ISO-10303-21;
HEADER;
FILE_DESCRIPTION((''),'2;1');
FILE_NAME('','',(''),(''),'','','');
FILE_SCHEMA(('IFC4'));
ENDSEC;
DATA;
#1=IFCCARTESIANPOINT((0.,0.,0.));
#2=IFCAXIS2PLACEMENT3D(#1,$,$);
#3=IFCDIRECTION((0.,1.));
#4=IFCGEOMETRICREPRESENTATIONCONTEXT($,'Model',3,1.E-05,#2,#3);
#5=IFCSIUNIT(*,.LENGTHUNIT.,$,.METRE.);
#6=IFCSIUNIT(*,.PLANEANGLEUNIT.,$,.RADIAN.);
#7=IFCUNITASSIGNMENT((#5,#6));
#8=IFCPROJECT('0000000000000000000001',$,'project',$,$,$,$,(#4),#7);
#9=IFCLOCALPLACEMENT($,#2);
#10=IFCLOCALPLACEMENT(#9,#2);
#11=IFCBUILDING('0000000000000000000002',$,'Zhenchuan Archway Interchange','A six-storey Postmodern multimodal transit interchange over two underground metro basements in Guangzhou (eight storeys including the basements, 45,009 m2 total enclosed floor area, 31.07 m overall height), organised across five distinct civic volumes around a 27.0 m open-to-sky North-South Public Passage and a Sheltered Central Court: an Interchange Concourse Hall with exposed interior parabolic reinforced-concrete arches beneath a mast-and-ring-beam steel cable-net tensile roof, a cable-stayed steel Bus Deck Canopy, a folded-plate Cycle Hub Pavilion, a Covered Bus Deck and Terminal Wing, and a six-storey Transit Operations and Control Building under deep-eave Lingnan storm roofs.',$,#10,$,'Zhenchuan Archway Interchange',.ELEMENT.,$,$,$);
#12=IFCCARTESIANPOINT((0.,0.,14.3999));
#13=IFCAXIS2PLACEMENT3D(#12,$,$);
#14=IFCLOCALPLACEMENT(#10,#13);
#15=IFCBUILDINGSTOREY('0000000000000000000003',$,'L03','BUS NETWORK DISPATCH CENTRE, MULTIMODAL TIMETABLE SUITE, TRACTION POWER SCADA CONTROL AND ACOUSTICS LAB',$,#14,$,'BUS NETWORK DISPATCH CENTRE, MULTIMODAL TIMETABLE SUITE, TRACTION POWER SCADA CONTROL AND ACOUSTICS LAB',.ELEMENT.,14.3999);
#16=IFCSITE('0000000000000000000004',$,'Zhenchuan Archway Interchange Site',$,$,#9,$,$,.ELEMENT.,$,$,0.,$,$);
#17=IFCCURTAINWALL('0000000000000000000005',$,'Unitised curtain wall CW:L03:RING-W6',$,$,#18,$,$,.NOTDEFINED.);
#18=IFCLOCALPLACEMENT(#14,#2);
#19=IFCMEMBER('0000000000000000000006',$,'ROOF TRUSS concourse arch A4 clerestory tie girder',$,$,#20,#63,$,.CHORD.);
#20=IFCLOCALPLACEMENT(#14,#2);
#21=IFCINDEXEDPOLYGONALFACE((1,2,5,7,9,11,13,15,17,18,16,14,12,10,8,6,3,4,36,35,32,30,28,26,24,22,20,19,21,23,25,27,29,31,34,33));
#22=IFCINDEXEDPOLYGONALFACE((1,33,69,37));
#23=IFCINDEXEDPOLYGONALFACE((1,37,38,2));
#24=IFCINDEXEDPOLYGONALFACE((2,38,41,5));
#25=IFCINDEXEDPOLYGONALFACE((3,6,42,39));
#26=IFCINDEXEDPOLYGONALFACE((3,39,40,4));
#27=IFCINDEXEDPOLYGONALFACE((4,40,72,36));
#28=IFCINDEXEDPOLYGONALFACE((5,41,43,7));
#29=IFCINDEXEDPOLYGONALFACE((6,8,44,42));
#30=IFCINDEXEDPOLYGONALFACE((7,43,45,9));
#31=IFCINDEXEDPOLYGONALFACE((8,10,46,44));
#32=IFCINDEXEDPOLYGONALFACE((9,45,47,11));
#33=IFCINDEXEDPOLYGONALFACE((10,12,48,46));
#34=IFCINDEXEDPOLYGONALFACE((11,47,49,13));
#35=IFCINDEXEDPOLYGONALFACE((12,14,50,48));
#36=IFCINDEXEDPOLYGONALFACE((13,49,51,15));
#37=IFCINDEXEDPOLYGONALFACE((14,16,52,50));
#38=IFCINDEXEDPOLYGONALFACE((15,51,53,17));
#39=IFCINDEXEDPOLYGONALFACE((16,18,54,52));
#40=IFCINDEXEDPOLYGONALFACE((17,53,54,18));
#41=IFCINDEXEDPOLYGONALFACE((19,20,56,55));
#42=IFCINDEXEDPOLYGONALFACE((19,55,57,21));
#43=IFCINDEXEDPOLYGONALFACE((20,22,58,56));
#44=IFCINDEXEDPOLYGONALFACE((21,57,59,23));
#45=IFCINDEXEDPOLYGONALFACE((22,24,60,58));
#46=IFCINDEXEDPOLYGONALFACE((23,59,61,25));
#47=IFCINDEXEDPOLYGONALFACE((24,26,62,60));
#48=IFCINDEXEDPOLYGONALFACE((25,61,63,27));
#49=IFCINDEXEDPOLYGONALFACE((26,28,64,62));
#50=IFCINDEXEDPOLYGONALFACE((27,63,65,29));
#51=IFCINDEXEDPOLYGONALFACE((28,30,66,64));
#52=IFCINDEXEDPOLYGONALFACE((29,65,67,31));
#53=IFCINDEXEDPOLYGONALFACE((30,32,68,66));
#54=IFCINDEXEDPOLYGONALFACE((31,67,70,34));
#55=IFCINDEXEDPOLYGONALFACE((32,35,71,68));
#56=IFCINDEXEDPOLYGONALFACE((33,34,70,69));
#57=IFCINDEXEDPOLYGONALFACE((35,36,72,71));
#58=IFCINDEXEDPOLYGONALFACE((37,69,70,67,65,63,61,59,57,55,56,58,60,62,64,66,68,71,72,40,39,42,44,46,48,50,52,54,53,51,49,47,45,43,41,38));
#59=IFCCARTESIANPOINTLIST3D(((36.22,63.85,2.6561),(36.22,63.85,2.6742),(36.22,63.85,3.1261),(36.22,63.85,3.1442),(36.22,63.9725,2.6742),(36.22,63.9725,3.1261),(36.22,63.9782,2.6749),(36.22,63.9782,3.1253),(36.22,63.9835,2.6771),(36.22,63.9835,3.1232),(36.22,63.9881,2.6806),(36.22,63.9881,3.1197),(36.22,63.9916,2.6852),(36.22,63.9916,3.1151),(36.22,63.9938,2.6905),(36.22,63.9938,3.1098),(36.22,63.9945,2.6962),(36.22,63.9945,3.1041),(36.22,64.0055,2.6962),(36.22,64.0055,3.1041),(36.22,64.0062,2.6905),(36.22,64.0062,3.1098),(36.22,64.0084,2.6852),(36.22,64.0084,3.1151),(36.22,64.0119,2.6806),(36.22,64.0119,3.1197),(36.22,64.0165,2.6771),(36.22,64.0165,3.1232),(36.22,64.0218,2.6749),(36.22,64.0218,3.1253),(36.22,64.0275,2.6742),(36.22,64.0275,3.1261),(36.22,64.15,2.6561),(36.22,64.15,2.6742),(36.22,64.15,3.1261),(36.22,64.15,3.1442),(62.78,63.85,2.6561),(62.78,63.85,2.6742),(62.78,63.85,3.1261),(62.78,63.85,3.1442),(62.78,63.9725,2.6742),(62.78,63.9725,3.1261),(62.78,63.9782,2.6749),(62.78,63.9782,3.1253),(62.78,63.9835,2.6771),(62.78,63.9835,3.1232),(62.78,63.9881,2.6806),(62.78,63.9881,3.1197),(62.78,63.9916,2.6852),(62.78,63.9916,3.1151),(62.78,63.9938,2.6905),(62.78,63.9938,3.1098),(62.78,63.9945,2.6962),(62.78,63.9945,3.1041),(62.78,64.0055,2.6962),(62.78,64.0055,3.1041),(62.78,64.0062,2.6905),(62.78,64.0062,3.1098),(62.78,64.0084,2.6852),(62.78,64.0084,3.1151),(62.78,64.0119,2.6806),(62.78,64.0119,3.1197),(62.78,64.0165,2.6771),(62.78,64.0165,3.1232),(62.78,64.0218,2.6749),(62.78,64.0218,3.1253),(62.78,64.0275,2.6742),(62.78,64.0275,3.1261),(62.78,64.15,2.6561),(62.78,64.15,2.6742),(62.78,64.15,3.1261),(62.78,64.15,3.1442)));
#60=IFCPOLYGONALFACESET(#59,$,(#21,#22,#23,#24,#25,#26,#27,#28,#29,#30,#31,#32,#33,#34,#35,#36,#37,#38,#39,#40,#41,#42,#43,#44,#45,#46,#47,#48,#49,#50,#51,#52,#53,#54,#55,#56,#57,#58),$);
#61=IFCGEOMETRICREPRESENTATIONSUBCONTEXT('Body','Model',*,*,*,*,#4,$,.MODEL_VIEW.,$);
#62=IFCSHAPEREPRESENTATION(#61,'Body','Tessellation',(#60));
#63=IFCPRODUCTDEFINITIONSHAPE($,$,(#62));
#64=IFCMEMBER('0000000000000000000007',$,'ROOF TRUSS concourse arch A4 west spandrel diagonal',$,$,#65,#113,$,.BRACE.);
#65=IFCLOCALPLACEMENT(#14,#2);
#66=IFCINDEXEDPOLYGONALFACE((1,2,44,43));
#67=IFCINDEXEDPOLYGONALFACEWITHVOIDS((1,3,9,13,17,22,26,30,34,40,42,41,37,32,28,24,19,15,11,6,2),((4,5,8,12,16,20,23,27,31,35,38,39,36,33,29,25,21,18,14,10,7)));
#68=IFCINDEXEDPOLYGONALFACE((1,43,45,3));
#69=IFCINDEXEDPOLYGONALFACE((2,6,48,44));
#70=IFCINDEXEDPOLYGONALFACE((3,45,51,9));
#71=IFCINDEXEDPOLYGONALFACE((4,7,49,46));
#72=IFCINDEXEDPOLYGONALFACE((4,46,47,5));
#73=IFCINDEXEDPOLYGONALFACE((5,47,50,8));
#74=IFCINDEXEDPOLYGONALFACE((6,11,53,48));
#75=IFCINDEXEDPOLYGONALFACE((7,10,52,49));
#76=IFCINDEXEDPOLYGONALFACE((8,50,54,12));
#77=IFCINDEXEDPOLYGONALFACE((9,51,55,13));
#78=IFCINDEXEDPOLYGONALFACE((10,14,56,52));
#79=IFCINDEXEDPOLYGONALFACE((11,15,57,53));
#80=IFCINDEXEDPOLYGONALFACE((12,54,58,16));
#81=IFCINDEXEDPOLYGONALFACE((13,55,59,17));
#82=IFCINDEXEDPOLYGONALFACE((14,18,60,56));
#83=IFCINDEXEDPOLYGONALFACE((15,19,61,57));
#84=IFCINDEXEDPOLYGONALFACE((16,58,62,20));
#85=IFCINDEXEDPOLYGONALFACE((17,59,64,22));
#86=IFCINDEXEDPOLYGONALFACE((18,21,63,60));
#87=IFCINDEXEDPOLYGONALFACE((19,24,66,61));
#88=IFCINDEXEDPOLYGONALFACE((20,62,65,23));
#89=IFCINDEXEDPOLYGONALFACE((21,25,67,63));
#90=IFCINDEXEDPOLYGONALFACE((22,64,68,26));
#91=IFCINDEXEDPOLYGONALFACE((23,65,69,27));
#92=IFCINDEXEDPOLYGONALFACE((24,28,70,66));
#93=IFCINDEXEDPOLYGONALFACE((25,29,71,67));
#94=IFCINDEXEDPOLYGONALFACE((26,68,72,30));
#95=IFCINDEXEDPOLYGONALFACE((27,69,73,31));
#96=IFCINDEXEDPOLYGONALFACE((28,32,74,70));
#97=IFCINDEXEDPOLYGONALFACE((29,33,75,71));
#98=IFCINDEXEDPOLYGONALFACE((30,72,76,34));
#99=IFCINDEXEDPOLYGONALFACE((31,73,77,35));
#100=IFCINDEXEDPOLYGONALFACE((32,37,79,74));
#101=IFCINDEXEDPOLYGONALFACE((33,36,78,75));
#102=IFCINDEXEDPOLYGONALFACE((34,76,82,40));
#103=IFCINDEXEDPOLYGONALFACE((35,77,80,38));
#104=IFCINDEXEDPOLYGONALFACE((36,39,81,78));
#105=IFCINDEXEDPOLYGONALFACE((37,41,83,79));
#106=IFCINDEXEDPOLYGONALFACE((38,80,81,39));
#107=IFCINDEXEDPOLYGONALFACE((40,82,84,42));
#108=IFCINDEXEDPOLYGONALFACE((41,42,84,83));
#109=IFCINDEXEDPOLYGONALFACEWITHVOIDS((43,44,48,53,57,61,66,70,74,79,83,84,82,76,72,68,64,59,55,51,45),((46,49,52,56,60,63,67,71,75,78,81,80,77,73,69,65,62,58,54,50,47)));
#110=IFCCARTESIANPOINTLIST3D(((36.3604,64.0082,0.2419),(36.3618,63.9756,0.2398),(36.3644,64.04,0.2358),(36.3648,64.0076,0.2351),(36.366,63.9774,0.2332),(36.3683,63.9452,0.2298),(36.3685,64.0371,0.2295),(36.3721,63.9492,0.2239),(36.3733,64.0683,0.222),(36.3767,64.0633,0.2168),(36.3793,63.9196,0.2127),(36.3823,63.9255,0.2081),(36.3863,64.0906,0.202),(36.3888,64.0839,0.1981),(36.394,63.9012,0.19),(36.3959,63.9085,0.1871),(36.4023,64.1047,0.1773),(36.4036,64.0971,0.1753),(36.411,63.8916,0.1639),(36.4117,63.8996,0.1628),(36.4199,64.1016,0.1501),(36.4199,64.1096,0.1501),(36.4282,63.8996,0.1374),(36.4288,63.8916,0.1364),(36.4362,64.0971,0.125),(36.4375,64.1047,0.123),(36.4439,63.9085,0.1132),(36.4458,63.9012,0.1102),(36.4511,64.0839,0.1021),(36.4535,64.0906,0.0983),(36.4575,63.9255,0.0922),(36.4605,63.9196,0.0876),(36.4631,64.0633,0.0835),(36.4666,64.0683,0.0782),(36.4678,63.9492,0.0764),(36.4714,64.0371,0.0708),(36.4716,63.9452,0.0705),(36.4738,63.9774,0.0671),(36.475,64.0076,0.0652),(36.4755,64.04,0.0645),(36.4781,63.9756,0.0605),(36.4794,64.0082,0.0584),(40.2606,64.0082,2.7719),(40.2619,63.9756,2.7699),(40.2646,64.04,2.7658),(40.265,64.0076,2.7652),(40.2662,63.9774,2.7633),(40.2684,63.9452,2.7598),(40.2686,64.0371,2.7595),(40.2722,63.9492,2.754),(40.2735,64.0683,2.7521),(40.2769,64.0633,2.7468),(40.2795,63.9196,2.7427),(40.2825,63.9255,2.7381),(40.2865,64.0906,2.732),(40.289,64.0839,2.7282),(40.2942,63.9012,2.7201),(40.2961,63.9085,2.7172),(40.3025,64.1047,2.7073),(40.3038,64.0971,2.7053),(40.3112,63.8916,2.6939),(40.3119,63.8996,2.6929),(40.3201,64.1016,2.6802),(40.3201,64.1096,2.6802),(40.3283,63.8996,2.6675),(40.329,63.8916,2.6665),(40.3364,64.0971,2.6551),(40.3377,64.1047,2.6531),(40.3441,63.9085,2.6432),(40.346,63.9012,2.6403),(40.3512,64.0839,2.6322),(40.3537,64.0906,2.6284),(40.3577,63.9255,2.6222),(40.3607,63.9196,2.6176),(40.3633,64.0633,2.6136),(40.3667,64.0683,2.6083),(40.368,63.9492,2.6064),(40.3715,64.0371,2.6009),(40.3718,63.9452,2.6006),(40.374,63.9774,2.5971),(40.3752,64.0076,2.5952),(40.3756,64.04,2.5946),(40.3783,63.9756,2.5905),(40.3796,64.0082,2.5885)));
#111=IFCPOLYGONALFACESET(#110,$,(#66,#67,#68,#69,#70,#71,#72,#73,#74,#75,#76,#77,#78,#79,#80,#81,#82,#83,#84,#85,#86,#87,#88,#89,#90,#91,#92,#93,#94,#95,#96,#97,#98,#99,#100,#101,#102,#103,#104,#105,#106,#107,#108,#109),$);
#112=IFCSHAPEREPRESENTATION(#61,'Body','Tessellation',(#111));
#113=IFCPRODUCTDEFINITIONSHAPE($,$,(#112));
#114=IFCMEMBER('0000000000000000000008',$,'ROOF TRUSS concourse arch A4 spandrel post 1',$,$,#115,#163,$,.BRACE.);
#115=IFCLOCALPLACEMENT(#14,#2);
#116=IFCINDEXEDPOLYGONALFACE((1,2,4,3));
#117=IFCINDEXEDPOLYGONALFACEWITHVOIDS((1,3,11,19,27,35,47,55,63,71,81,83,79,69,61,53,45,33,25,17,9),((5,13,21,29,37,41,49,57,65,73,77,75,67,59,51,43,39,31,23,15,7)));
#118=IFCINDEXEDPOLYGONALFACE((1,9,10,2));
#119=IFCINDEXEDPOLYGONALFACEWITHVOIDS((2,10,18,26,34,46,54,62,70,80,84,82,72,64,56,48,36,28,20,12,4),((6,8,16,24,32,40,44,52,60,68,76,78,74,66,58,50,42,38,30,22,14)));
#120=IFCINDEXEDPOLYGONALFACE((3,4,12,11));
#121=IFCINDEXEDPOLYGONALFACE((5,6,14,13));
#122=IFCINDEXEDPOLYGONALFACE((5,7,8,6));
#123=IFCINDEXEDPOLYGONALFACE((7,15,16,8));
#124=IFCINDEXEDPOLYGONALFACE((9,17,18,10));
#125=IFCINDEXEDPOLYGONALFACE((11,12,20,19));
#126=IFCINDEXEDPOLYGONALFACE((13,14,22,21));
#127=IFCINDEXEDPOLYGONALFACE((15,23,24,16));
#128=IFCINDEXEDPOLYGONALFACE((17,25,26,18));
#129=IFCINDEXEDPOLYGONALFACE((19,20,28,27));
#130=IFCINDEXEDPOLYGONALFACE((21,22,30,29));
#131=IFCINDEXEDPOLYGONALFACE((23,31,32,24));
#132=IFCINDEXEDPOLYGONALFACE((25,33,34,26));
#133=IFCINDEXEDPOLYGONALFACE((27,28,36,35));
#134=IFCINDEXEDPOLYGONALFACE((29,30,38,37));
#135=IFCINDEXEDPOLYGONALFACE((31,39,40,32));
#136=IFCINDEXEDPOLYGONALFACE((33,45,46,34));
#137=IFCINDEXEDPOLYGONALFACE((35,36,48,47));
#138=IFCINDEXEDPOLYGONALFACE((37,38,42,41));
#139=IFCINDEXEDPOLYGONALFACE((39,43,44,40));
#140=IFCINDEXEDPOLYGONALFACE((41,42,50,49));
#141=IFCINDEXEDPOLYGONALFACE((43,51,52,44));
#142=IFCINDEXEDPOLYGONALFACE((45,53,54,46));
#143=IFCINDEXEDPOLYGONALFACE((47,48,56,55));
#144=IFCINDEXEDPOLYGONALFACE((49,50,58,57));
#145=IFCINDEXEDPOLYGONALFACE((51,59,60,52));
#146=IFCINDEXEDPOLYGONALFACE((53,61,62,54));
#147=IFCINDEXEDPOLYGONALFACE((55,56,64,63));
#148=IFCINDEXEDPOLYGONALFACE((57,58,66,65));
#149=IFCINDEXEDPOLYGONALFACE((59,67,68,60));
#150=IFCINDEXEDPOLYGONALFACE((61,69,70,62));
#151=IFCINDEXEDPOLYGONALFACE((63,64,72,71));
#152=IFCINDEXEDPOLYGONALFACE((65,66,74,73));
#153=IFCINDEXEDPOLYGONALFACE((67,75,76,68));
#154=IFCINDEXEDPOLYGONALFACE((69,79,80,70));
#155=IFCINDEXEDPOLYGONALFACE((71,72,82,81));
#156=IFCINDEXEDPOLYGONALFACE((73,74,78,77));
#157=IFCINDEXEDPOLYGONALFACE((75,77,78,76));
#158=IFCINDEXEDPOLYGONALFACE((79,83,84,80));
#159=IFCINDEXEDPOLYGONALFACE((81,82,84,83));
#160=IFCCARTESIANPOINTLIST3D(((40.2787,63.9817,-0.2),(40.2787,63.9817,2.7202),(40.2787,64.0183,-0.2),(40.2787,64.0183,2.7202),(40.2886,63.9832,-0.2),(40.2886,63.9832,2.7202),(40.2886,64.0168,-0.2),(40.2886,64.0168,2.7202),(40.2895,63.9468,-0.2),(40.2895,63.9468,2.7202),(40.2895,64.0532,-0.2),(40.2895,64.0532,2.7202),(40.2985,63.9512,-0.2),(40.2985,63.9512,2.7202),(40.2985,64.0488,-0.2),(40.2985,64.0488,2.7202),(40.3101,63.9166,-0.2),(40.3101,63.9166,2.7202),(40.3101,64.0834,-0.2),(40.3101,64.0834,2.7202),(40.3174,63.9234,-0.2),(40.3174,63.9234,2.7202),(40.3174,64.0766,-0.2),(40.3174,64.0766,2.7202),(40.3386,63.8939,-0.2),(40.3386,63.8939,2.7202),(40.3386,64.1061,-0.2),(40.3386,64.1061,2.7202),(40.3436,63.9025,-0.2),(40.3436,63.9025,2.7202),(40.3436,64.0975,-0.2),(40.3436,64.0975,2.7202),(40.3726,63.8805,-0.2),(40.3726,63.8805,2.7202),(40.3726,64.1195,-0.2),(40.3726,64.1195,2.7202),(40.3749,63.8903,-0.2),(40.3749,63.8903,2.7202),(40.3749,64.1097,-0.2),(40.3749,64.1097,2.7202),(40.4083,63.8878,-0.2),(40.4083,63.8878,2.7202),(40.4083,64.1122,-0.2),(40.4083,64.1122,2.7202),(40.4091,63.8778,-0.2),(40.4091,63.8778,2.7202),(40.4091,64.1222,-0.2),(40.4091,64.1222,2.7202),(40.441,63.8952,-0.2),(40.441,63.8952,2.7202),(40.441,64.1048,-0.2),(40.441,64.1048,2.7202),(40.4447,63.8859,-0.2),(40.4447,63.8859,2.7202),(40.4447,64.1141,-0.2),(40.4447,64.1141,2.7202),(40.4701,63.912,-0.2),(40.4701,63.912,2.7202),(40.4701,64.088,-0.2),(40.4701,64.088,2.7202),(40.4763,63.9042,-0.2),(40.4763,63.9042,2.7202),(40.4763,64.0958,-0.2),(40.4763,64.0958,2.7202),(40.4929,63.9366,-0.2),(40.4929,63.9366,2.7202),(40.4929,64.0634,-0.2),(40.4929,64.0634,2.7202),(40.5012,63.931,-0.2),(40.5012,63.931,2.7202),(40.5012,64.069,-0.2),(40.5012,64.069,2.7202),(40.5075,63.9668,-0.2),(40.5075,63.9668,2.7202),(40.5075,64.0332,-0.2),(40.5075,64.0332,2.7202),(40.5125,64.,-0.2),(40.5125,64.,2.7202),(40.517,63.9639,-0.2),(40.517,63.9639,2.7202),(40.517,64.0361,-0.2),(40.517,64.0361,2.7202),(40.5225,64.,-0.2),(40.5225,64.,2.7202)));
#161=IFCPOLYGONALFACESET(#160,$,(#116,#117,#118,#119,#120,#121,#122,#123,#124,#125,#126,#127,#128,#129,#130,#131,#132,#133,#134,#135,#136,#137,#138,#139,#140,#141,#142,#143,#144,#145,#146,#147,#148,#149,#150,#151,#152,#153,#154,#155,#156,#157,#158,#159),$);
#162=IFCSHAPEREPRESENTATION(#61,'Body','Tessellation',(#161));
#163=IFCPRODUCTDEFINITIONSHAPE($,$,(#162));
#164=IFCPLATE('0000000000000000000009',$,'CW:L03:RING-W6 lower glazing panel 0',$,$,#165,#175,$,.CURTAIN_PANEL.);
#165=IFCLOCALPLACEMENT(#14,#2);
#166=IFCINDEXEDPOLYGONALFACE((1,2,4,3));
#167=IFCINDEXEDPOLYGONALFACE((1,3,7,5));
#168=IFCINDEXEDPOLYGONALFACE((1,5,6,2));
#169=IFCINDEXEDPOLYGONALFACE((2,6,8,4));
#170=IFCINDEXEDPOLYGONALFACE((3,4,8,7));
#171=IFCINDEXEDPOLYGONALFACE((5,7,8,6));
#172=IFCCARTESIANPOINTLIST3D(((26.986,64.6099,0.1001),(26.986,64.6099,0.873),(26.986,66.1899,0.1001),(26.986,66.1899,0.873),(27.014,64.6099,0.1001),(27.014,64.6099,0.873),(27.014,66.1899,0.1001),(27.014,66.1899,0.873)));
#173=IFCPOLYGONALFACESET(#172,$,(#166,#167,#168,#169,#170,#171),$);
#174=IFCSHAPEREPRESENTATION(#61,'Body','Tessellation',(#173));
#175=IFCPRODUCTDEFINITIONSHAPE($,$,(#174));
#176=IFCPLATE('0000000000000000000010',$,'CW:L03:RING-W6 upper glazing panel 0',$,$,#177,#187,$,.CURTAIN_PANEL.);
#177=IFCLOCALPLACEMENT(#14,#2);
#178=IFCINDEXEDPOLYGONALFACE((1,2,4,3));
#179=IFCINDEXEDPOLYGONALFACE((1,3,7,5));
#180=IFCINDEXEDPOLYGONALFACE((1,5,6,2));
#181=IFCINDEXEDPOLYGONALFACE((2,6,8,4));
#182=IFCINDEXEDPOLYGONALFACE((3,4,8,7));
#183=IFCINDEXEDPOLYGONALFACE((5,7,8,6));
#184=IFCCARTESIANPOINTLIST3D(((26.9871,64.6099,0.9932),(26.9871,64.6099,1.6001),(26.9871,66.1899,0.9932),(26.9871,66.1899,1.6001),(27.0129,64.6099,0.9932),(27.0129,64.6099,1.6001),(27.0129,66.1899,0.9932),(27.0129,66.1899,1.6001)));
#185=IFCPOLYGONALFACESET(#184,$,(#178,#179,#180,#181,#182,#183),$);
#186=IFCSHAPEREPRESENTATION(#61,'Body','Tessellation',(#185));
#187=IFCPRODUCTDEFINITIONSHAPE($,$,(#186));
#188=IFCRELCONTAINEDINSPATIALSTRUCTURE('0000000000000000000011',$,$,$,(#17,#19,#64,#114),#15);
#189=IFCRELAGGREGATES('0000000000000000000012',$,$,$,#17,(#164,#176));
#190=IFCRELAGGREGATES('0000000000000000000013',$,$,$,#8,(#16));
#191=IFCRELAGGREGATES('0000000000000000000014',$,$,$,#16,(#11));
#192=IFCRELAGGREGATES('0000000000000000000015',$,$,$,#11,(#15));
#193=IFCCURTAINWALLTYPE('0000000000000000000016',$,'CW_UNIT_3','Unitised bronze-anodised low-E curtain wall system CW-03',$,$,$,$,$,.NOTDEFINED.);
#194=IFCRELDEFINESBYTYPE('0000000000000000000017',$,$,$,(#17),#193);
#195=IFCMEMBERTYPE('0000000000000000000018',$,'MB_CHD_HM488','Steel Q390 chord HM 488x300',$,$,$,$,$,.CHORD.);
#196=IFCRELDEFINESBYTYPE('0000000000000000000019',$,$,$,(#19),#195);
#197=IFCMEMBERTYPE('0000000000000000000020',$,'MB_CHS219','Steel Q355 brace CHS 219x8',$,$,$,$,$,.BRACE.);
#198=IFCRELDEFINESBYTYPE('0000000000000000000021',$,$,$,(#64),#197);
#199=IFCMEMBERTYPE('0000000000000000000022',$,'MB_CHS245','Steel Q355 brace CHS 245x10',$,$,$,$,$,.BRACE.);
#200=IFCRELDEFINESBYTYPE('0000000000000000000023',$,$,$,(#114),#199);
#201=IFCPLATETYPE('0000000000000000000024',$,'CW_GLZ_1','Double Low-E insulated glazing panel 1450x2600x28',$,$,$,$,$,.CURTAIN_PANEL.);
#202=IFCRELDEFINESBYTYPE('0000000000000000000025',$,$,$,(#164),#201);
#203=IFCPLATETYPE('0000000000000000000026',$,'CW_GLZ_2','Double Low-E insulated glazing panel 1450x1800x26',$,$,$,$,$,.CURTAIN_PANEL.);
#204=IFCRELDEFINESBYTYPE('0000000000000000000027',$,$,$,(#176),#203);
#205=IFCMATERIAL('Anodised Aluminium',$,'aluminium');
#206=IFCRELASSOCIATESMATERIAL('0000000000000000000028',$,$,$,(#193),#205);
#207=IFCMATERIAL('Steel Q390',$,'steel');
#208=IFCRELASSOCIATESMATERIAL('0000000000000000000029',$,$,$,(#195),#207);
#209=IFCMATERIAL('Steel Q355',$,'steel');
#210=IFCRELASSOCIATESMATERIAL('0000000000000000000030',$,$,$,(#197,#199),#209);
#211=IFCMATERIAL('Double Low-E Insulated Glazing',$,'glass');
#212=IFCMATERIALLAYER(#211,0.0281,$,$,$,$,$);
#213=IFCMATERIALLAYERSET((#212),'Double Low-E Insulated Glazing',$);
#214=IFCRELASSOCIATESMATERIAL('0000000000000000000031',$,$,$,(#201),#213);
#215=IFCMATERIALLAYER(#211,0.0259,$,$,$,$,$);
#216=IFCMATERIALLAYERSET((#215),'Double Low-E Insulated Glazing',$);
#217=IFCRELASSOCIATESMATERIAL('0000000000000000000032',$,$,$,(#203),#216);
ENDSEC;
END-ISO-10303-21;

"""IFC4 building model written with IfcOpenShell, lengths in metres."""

from ifc_helpers import new_model, si_unit, direction, frame, origin, origin_2d, place, context, subcontext, project, spatial, rectangle, hollow_circle, i_section, extrude, material, layer, layer_set, material_profile, profile_set, type_object, element, aggregate, save


model = new_model("IFC4")

# Units and contexts
model_context = context("Model", 3, precision=1e-05, world=origin(), true_north=direction((0.0, 1.0)))
body_context = subcontext(model_context, "Body", "Model", "MODEL_VIEW")
ifc_project = project(units=[si_unit("LENGTHUNIT", "METRE"), si_unit("PLANEANGLEUNIT", "RADIAN")], contexts=[model_context])

# Site, building, storey
site_placement = place(None, origin())
site = spatial("IfcSite", under=ifc_project, at=site_placement, Name="Zhenchuan Archway Interchange Site", CompositionType="ELEMENT", RefElevation=0.0)
building_placement = place(site_placement, origin())
building = spatial("IfcBuilding", under=site, at=building_placement, Name="Zhenchuan Archway Interchange", Description="A six-storey Postmodern multimodal transit interchange over two underground metro basements in Guangzhou (eight storeys including the basements, 45,009 m2 total enclosed floor area, 31.07 m overall height), organised across five distinct civic volumes around a 27.0 m open-to-sky North-South Public Passage and a Sheltered Central Court: an Interchange Concourse Hall with exposed interior parabolic reinforced-concrete arches beneath a mast-and-ring-beam steel cable-net tensile roof, a cable-stayed steel Bus Deck Canopy, a folded-plate Cycle Hub Pavilion, a Covered Bus Deck and Terminal Wing, and a six-storey Transit Operations and Control Building under deep-eave Lingnan storm roofs.", LongName="Zhenchuan Archway Interchange", CompositionType="ELEMENT")
storey_placement = place(building_placement, frame((0.0, 0.0, 14.3999)))
storey = spatial("IfcBuildingStorey", under=building, at=storey_placement, Name="L03", Description="BUS NETWORK DISPATCH CENTRE, MULTIMODAL TIMETABLE SUITE, TRACTION POWER SCADA CONTROL AND ACOUSTICS LAB", LongName="BUS NETWORK DISPATCH CENTRE, MULTIMODAL TIMETABLE SUITE, TRACTION POWER SCADA CONTROL AND ACOUSTICS LAB", CompositionType="ELEMENT", Elevation=14.3999)

# Shared definitions
ifc_material_1 = material(Name="Steel Q355", Category="steel")

# Curtain wall
ifc_material_2 = material(Name="Anodised Aluminium", Category="aluminium")
curtain_wall_type = type_object("IfcCurtainWallType", Name="CW_UNIT_3", Description="Unitised bronze-anodised low-E curtain wall system CW-03", PredefinedType="NOTDEFINED", material=ifc_material_2)
curtain_wall_placement = place(storey_placement, origin())
curtain_wall = element("IfcCurtainWall", 1, at=curtain_wall_placement, inside=storey, type_object=curtain_wall_type, Name="Unitised curtain wall CW:L03:RING-W6", PredefinedType="NOTDEFINED")

# Members
ifc_material_3 = material(Name="Steel Q390", Category="steel")
ifc_material_profile_1 = material_profile(ifc_material_3, i_section(OverallWidth=0.3, OverallDepth=0.488, WebThickness=0.011, FlangeThickness=0.0181, FilletRadius=0.022, at=origin_2d()), Name="HM 488x300")
ifc_profile_set_1 = profile_set([ifc_material_profile_1], Name="Steel Q390")
member_type_1 = type_object("IfcMemberType", Name="MB_CHD_HM488", Description="Steel Q390 chord HM 488x300", PredefinedType="CHORD", material=ifc_profile_set_1)
member_1_placement = place(storey_placement, frame((36.22, 64.0, 2.9001), z_axis=(1.0, 0.0, 0.0), x_axis=(0.0, 1.0, 0.0)))
element("IfcMember", 2, at=member_1_placement, inside=storey, type_object=member_type_1, Name="ROOF TRUSS concourse arch A4 clerestory tie girder", PredefinedType="CHORD", context=body_context, shape_type="SweptSolid", body=[
    extrude(i_section(OverallWidth=0.3, OverallDepth=0.488, WebThickness=0.011, FlangeThickness=0.0181, FilletRadius=0.022, at=origin_2d()), origin(), (0.0, 0.0, 1.0), 26.5601),
])
ifc_material_profile_2 = material_profile(ifc_material_1, hollow_circle(Radius=0.1096, WallThickness=0.0081, at=origin_2d()), Name="CHS 219x8")
ifc_profile_set_2 = profile_set([ifc_material_profile_2], Name="Steel Q355")
member_type_2 = type_object("IfcMemberType", Name="MB_CHS219", Description="Steel Q355 brace CHS 219x8", PredefinedType="BRACE", material=ifc_profile_set_2)
member_2_placement = place(storey_placement, frame((36.4199, 64.0, 0.1501), z_axis=(0.838941, 0.0, 0.544222), x_axis=(0.0, 1.0, 0.0)))
element("IfcMember", 3, at=member_2_placement, inside=storey, type_object=member_type_2, Name="ROOF TRUSS concourse arch A4 west spandrel diagonal", PredefinedType="BRACE", context=body_context, shape_type="SweptSolid", body=[
    extrude(hollow_circle(Radius=0.1096, WallThickness=0.0081, at=origin_2d()), origin(), (0.0, 0.0, 1.0), 4.6489),
])
ifc_material_profile_3 = material_profile(ifc_material_1, hollow_circle(Radius=0.1226, WallThickness=0.01, at=origin_2d()), Name="CHS 245x10")
ifc_profile_set_3 = profile_set([ifc_material_profile_3], Name="Steel Q355")
member_type_3 = type_object("IfcMemberType", Name="MB_CHS245", Description="Steel Q355 brace CHS 245x10", PredefinedType="BRACE", material=ifc_profile_set_3)
member_3_placement = place(storey_placement, frame((40.3999, 64.0, -0.2), z_axis=(0.0, 0.0, 1.0), x_axis=(1.0, 0.0, 0.0)))
element("IfcMember", 4, at=member_3_placement, inside=storey, type_object=member_type_3, Name="ROOF TRUSS concourse arch A4 spandrel post 1", PredefinedType="BRACE", context=body_context, shape_type="SweptSolid", body=[
    extrude(hollow_circle(Radius=0.1226, WallThickness=0.01, at=origin_2d()), origin(), (0.0, 0.0, 1.0), 2.9202),
])

# Plates
ifc_material_4 = material(Name="Double Low-E Insulated Glazing", Category="glass")
ifc_layer_1 = layer(ifc_material_4, 0.0281)
ifc_layer_set_1 = layer_set([ifc_layer_1], Name="Double Low-E Insulated Glazing")
plate_type_1 = type_object("IfcPlateType", Name="CW_GLZ_1", Description="Double Low-E insulated glazing panel 1450x2600x28", PredefinedType="CURTAIN_PANEL", material=ifc_layer_set_1)
plate_1_placement = place(storey_placement, frame((27.0, 65.3999, 0.1001), z_axis=(0.0, 0.0, 1.0), x_axis=(0.0, 1.0, 0.0)))
plate_1 = element("IfcPlate", 5, at=plate_1_placement, type_object=plate_type_1, Name="CW:L03:RING-W6 lower glazing panel 0", PredefinedType="CURTAIN_PANEL", context=body_context, shape_type="SweptSolid", body=[
    extrude(rectangle(XDim=1.5801, YDim=0.0281, at=origin_2d()), origin(), (0.0, 0.0, 1.0), 0.7729),
])
ifc_layer_2 = layer(ifc_material_4, 0.0259)
ifc_layer_set_2 = layer_set([ifc_layer_2], Name="Double Low-E Insulated Glazing")
plate_type_2 = type_object("IfcPlateType", Name="CW_GLZ_2", Description="Double Low-E insulated glazing panel 1450x1800x26", PredefinedType="CURTAIN_PANEL", material=ifc_layer_set_2)
plate_2_placement = place(storey_placement, frame((27.0, 65.3999, 0.9932), z_axis=(0.0, 0.0, 1.0), x_axis=(0.0, 1.0, 0.0)))
plate_2 = element("IfcPlate", 6, at=plate_2_placement, type_object=plate_type_2, Name="CW:L03:RING-W6 upper glazing panel 0", PredefinedType="CURTAIN_PANEL", context=body_context, shape_type="SweptSolid", body=[
    extrude(rectangle(XDim=1.5801, YDim=0.0259, at=origin_2d()), origin(), (0.0, 0.0, 1.0), 0.6069),
])
aggregate(curtain_wall, [plate_1, plate_2])

save(model, "model.ifc")
